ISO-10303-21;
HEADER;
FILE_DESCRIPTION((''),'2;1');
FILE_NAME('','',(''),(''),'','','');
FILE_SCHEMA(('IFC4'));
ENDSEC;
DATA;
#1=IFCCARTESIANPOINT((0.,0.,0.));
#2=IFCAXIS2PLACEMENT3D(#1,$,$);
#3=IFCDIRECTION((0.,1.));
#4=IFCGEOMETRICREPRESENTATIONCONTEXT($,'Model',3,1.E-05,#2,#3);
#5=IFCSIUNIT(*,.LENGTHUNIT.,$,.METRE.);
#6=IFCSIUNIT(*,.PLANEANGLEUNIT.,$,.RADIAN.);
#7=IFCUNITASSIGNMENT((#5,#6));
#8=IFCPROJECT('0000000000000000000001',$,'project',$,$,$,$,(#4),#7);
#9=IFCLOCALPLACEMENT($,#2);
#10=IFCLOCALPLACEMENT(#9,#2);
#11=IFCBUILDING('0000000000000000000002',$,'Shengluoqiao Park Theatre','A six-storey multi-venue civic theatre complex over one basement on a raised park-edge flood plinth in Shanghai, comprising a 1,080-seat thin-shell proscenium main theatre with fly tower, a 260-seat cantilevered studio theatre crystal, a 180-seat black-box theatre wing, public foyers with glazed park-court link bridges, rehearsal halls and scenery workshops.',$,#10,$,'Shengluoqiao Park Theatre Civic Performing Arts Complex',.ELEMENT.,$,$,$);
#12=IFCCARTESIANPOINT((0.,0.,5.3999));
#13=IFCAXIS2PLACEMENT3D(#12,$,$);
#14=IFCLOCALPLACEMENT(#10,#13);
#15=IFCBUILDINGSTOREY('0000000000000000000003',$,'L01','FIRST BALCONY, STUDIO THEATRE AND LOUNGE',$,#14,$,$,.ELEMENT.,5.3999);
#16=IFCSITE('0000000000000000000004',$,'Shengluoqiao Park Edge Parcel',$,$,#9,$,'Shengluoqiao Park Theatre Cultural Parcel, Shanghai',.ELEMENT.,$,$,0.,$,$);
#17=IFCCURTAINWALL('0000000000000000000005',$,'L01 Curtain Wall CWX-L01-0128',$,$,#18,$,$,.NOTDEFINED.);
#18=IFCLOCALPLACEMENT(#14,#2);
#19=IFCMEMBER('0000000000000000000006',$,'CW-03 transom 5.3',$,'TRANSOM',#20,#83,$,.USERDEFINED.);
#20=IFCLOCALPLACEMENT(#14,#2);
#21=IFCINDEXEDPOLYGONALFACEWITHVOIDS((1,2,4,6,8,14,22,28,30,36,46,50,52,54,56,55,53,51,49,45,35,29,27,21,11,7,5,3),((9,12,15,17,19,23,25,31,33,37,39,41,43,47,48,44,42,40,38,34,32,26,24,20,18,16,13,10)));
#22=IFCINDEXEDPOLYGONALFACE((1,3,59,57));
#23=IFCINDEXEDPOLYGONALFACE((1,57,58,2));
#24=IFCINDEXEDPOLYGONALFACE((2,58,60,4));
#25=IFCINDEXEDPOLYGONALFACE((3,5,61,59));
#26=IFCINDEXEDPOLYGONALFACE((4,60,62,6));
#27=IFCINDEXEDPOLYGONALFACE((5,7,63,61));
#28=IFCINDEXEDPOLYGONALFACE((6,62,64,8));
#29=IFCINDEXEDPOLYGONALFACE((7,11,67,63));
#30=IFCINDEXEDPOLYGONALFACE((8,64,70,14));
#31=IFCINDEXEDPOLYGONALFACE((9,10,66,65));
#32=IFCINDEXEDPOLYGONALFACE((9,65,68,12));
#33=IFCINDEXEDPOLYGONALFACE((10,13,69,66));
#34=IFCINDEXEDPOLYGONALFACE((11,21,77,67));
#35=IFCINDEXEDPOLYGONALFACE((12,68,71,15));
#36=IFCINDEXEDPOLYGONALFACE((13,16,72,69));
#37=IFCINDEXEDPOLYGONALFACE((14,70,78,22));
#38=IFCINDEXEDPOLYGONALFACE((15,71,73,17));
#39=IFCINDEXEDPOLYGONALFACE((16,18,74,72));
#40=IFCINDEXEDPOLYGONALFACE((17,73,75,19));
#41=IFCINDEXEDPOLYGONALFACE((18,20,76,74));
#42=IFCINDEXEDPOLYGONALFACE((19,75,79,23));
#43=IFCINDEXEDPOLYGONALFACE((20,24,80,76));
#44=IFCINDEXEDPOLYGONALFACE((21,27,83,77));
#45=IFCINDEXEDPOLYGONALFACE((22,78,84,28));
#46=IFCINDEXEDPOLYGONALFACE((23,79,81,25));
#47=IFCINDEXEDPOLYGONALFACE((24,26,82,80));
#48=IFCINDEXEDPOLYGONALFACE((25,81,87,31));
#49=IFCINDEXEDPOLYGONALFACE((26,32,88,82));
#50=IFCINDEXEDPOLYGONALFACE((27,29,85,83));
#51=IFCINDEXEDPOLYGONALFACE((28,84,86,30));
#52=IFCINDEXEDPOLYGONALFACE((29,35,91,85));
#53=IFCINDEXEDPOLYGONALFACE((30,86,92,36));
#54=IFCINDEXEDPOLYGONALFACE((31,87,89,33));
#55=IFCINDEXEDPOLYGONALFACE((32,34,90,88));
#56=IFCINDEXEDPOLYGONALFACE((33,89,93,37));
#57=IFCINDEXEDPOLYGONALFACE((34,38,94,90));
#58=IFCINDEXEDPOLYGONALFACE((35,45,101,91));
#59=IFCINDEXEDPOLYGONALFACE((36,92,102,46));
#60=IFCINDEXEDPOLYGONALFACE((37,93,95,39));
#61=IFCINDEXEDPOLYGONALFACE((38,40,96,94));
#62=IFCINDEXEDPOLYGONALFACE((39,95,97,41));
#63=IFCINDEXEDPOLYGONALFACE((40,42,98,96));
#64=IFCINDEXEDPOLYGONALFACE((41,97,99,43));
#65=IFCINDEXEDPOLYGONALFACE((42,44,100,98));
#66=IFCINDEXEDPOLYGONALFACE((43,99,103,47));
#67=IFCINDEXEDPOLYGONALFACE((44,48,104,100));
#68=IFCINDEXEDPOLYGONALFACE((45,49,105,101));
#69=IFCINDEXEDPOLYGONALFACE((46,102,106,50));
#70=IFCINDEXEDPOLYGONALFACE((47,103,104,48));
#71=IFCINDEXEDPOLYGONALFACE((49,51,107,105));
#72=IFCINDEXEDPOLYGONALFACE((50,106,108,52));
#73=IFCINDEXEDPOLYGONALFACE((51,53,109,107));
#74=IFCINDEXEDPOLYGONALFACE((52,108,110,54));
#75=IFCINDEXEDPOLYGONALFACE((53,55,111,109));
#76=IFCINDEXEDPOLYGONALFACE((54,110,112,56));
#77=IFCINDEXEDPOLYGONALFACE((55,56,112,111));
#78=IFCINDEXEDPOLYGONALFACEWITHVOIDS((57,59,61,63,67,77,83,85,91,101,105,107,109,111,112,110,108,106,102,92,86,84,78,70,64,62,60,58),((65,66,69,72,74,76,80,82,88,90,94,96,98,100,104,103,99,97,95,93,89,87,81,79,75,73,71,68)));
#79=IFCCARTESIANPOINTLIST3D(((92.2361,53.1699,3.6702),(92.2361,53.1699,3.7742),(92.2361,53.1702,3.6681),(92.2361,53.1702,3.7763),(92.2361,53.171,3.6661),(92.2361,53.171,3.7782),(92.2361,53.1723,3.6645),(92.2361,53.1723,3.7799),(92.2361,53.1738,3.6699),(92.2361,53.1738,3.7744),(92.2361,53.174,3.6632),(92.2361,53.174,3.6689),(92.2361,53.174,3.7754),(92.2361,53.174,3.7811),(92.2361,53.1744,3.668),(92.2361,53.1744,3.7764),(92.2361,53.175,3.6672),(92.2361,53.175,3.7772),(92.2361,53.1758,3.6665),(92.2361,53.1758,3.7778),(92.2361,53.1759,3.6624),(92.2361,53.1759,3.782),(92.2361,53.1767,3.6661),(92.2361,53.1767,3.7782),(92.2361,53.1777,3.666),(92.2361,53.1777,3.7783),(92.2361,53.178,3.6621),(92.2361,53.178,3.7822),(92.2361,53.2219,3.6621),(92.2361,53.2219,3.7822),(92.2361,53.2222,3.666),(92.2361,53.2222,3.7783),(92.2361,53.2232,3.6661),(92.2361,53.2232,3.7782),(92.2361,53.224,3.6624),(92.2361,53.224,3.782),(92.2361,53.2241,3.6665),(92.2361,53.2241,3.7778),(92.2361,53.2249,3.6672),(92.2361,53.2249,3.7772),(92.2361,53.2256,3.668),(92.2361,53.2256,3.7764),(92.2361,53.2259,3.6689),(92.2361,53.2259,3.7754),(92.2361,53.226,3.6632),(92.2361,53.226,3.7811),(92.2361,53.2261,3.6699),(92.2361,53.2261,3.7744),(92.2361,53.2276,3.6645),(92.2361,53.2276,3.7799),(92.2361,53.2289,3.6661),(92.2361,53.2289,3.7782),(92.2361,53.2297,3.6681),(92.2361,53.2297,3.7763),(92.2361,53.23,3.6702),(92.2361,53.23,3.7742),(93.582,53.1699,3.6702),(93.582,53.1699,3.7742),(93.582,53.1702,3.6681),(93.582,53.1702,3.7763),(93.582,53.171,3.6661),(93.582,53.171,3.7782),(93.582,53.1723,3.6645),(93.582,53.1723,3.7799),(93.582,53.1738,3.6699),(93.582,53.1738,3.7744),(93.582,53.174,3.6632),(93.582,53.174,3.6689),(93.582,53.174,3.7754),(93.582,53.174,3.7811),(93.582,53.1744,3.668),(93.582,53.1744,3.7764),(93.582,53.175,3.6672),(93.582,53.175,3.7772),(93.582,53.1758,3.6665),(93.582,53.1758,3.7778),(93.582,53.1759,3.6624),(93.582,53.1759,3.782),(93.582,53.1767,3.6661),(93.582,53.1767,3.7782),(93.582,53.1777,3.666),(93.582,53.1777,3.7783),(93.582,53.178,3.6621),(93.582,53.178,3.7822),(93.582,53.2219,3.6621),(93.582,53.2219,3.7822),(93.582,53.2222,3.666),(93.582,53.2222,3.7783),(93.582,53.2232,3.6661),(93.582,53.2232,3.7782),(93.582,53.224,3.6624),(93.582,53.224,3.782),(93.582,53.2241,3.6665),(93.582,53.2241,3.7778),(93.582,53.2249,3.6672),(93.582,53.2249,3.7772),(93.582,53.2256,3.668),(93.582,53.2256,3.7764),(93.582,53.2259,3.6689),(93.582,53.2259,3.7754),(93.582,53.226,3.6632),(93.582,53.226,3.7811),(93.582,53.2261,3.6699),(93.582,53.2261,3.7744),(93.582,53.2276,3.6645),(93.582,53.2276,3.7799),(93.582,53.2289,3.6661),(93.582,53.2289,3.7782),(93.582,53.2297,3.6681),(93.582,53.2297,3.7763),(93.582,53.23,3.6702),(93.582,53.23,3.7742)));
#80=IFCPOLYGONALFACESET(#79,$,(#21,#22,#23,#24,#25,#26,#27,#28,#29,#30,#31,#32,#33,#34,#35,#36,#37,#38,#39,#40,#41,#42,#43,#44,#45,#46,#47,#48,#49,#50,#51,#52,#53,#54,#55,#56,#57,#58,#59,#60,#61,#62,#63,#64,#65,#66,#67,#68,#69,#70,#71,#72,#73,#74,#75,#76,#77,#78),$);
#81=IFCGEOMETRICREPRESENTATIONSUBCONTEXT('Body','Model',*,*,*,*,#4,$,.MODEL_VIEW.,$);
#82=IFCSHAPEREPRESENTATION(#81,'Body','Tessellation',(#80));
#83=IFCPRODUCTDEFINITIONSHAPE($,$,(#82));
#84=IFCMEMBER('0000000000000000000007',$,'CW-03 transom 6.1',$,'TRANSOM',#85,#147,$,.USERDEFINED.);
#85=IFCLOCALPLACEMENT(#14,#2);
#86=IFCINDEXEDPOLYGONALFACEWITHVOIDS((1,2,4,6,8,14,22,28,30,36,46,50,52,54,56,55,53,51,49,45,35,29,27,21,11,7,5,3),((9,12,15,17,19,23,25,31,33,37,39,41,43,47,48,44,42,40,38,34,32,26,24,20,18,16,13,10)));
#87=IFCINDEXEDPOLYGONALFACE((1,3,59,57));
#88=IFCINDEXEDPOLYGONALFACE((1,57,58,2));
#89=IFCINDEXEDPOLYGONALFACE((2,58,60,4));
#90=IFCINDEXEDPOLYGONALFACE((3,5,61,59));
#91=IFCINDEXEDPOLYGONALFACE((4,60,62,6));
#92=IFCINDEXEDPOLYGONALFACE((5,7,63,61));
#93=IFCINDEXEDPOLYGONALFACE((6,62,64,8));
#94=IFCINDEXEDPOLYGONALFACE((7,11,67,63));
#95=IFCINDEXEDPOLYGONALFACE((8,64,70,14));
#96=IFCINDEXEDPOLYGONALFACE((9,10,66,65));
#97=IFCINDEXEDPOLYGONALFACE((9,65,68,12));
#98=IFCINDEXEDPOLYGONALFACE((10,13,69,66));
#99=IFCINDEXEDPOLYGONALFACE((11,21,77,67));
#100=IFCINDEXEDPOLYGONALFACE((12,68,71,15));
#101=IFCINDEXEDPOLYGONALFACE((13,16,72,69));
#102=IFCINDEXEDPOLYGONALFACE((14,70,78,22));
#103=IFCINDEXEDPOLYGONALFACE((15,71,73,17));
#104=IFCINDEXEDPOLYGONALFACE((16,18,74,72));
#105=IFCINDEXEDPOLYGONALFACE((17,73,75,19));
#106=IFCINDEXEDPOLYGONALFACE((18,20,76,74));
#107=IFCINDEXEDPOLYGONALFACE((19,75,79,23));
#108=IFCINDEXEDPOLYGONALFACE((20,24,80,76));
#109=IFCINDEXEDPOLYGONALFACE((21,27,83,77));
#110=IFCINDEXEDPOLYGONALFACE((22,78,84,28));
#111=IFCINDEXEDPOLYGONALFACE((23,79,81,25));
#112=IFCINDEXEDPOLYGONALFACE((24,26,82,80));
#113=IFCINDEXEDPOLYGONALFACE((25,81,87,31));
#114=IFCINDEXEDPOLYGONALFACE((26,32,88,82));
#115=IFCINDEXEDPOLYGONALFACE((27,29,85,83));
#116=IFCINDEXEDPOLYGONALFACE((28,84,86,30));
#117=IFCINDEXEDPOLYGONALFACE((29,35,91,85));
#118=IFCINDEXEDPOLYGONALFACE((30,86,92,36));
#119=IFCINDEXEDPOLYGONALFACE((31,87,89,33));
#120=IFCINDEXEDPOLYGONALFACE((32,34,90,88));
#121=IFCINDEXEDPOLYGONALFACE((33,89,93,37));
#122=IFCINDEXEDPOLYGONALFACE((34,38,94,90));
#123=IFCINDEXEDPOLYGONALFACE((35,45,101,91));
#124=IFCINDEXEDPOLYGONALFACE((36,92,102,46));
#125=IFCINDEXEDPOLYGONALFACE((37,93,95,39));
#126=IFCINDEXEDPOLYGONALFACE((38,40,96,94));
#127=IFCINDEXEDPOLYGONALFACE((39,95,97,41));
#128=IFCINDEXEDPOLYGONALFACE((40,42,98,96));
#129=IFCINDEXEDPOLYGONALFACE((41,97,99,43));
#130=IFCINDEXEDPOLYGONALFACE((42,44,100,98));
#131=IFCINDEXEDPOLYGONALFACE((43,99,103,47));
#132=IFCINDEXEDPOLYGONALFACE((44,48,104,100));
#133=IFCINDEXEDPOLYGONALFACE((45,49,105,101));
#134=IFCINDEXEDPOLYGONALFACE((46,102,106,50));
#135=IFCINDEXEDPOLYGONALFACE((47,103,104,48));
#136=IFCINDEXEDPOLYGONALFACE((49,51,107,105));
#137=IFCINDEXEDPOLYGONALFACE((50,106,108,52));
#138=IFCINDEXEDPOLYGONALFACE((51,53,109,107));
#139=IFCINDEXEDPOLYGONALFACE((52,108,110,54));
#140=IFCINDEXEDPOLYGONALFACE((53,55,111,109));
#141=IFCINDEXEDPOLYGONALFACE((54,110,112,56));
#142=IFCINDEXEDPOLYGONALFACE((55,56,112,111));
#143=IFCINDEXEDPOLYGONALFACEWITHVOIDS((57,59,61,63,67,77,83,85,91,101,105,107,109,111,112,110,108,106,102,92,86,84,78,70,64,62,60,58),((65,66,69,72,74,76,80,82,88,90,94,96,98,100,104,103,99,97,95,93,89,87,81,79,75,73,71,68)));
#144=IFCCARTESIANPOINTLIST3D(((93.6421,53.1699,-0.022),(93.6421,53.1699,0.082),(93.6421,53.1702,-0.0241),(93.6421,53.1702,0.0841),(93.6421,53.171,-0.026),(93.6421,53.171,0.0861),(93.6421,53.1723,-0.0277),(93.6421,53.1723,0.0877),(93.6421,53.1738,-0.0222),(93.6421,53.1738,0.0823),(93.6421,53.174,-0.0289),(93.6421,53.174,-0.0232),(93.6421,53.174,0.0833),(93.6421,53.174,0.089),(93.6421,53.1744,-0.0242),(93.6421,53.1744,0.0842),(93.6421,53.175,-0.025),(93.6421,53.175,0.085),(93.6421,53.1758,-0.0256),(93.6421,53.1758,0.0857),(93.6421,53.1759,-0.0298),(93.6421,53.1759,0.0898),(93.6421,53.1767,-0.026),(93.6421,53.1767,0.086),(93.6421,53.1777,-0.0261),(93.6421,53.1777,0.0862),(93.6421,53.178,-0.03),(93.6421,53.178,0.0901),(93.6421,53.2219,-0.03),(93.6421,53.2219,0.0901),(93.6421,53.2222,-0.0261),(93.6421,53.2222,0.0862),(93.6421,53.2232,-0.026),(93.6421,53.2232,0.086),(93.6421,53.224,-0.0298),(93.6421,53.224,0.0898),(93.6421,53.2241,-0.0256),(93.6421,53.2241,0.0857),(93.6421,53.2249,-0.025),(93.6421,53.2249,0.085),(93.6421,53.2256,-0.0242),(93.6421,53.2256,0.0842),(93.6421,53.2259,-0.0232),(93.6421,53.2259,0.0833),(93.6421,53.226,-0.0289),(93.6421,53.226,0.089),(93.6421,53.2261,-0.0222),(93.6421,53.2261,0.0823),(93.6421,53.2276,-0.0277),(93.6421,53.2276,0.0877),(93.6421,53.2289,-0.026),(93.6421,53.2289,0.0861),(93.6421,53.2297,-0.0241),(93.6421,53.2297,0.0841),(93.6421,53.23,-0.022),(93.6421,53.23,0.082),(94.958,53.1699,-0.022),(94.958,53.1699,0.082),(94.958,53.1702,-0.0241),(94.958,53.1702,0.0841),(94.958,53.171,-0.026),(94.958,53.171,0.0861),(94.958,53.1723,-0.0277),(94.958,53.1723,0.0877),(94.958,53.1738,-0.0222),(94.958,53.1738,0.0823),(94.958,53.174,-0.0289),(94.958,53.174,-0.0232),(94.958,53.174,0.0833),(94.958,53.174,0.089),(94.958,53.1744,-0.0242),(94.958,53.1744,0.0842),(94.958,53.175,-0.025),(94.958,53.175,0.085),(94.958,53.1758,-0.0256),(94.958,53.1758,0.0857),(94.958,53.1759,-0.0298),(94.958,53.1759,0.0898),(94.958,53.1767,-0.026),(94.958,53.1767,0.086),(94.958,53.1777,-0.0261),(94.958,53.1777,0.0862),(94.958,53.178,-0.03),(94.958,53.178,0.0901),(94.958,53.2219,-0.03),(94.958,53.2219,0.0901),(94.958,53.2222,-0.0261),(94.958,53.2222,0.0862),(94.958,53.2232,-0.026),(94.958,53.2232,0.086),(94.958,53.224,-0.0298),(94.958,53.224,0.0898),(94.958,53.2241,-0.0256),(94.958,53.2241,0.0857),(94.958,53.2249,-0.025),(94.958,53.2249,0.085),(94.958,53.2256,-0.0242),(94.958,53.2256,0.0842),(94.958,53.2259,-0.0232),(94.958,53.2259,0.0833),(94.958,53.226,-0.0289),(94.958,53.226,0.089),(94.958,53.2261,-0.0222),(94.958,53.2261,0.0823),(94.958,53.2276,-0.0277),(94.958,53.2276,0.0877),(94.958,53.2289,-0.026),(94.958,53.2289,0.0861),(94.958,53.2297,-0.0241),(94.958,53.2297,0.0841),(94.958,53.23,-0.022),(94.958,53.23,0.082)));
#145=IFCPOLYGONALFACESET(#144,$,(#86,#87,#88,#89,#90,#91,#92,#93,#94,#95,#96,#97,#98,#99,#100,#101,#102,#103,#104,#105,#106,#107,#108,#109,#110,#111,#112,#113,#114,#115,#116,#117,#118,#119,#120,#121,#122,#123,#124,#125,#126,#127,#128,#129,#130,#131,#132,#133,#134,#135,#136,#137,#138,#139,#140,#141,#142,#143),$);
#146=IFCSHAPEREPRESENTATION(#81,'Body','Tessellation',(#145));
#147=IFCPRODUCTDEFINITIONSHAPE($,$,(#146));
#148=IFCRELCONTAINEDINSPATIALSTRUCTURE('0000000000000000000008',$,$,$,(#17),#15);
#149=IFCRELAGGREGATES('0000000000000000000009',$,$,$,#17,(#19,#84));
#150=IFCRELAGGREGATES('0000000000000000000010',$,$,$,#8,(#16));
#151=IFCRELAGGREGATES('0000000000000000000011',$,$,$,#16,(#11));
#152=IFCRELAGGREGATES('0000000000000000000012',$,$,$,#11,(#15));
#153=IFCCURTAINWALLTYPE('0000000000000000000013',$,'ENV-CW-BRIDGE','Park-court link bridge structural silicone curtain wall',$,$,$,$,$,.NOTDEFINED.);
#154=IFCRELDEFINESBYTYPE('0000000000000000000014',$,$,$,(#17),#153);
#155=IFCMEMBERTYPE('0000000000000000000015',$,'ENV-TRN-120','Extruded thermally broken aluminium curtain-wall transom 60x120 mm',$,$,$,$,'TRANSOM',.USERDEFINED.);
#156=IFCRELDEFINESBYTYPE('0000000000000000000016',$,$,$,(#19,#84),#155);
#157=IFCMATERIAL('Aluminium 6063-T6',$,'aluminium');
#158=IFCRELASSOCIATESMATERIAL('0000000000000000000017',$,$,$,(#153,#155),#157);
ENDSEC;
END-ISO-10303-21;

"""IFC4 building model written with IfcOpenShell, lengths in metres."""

from ifc_helpers import new_model, si_unit, direction, frame, origin, origin_2d, place, context, subcontext, project, spatial, hollow_rectangle, extrude, material, material_profile, profile_set, type_object, element, aggregate, save


model = new_model("IFC4")

# Units and contexts
model_context = context("Model", 3, precision=1e-05, world=origin(), true_north=direction((0.0, 1.0)))
body_context = subcontext(model_context, "Body", "Model", "MODEL_VIEW")
ifc_project = project(units=[si_unit("LENGTHUNIT", "METRE"), si_unit("PLANEANGLEUNIT", "RADIAN")], contexts=[model_context])

# Site, building, storey
site_placement = place(None, origin())
site = spatial("IfcSite", under=ifc_project, at=site_placement, Name="Shengluoqiao Park Edge Parcel", LongName="Shengluoqiao Park Theatre Cultural Parcel, Shanghai", CompositionType="ELEMENT", RefElevation=0.0)
building_placement = place(site_placement, origin())
building = spatial("IfcBuilding", under=site, at=building_placement, Name="Shengluoqiao Park Theatre", Description="A six-storey multi-venue civic theatre complex over one basement on a raised park-edge flood plinth in Shanghai, comprising a 1,080-seat thin-shell proscenium main theatre with fly tower, a 260-seat cantilevered studio theatre crystal, a 180-seat black-box theatre wing, public foyers with glazed park-court link bridges, rehearsal halls and scenery workshops.", LongName="Shengluoqiao Park Theatre Civic Performing Arts Complex", CompositionType="ELEMENT")
storey_placement = place(building_placement, frame((0.0, 0.0, 5.3999)))
storey = spatial("IfcBuildingStorey", under=building, at=storey_placement, Name="L01", Description="FIRST BALCONY, STUDIO THEATRE AND LOUNGE", CompositionType="ELEMENT", Elevation=5.3999)

# Curtain wall
ifc_material_1 = material(Name="Aluminium 6063-T6", Category="aluminium")
curtain_wall_type = type_object("IfcCurtainWallType", Name="ENV-CW-BRIDGE", Description="Park-court link bridge structural silicone curtain wall", PredefinedType="NOTDEFINED", material=ifc_material_1)
curtain_wall_1_placement = place(storey_placement, origin())
curtain_wall_1 = element("IfcCurtainWall", 1, at=curtain_wall_1_placement, inside=storey, type_object=curtain_wall_type, Name="L01 Curtain Wall CWX-L01-0128", PredefinedType="NOTDEFINED")

# Members
ifc_material_profile_1 = material_profile(ifc_material_1, hollow_rectangle(XDim=0.0601, YDim=0.1201, WallThickness=0.0039, InnerFilletRadius=0.0039, OuterFilletRadius=0.0081, at=origin_2d()), Name="ALU TRANSOM 120x60x4")
ifc_profile_set_1 = profile_set([ifc_material_profile_1], Name="Aluminium 6063-T6")
member_type_1 = type_object("IfcMemberType", Name="ENV-TRN-120", Description="Extruded thermally broken aluminium curtain-wall transom 60x120 mm", ElementType="TRANSOM", PredefinedType="USERDEFINED", material=ifc_profile_set_1)
member_1_placement = place(storey_placement, frame((92.2361, 53.2, 3.7222), z_axis=(1.0, 0.0, 0.0), x_axis=(0.0, 1.0, 0.0)))
member_1 = element("IfcMember", 2, at=member_1_placement, type_object=member_type_1, Name="CW-03 transom 5.3", ObjectType="TRANSOM", PredefinedType="USERDEFINED", context=body_context, shape_type="SweptSolid", body=[
    extrude(hollow_rectangle(XDim=0.0601, YDim=0.1201, WallThickness=0.0039, InnerFilletRadius=0.0039, OuterFilletRadius=0.0081, at=origin_2d()), origin(), (0.0, 0.0, 1.0), 1.3459),
])
member_2_placement = place(storey_placement, frame((93.6421, 53.2, 0.03), z_axis=(1.0, 0.0, 0.0), x_axis=(0.0, 1.0, 0.0)))
member_2 = element("IfcMember", 3, at=member_2_placement, type_object=member_type_1, Name="CW-03 transom 6.1", ObjectType="TRANSOM", PredefinedType="USERDEFINED", context=body_context, shape_type="SweptSolid", body=[
    extrude(hollow_rectangle(XDim=0.0601, YDim=0.1201, WallThickness=0.0039, InnerFilletRadius=0.0039, OuterFilletRadius=0.0081, at=origin_2d()), origin(), (0.0, 0.0, 1.0), 1.3159),
])

aggregate(curtain_wall_1, [member_1, member_2])

save(model, "model.ifc")
